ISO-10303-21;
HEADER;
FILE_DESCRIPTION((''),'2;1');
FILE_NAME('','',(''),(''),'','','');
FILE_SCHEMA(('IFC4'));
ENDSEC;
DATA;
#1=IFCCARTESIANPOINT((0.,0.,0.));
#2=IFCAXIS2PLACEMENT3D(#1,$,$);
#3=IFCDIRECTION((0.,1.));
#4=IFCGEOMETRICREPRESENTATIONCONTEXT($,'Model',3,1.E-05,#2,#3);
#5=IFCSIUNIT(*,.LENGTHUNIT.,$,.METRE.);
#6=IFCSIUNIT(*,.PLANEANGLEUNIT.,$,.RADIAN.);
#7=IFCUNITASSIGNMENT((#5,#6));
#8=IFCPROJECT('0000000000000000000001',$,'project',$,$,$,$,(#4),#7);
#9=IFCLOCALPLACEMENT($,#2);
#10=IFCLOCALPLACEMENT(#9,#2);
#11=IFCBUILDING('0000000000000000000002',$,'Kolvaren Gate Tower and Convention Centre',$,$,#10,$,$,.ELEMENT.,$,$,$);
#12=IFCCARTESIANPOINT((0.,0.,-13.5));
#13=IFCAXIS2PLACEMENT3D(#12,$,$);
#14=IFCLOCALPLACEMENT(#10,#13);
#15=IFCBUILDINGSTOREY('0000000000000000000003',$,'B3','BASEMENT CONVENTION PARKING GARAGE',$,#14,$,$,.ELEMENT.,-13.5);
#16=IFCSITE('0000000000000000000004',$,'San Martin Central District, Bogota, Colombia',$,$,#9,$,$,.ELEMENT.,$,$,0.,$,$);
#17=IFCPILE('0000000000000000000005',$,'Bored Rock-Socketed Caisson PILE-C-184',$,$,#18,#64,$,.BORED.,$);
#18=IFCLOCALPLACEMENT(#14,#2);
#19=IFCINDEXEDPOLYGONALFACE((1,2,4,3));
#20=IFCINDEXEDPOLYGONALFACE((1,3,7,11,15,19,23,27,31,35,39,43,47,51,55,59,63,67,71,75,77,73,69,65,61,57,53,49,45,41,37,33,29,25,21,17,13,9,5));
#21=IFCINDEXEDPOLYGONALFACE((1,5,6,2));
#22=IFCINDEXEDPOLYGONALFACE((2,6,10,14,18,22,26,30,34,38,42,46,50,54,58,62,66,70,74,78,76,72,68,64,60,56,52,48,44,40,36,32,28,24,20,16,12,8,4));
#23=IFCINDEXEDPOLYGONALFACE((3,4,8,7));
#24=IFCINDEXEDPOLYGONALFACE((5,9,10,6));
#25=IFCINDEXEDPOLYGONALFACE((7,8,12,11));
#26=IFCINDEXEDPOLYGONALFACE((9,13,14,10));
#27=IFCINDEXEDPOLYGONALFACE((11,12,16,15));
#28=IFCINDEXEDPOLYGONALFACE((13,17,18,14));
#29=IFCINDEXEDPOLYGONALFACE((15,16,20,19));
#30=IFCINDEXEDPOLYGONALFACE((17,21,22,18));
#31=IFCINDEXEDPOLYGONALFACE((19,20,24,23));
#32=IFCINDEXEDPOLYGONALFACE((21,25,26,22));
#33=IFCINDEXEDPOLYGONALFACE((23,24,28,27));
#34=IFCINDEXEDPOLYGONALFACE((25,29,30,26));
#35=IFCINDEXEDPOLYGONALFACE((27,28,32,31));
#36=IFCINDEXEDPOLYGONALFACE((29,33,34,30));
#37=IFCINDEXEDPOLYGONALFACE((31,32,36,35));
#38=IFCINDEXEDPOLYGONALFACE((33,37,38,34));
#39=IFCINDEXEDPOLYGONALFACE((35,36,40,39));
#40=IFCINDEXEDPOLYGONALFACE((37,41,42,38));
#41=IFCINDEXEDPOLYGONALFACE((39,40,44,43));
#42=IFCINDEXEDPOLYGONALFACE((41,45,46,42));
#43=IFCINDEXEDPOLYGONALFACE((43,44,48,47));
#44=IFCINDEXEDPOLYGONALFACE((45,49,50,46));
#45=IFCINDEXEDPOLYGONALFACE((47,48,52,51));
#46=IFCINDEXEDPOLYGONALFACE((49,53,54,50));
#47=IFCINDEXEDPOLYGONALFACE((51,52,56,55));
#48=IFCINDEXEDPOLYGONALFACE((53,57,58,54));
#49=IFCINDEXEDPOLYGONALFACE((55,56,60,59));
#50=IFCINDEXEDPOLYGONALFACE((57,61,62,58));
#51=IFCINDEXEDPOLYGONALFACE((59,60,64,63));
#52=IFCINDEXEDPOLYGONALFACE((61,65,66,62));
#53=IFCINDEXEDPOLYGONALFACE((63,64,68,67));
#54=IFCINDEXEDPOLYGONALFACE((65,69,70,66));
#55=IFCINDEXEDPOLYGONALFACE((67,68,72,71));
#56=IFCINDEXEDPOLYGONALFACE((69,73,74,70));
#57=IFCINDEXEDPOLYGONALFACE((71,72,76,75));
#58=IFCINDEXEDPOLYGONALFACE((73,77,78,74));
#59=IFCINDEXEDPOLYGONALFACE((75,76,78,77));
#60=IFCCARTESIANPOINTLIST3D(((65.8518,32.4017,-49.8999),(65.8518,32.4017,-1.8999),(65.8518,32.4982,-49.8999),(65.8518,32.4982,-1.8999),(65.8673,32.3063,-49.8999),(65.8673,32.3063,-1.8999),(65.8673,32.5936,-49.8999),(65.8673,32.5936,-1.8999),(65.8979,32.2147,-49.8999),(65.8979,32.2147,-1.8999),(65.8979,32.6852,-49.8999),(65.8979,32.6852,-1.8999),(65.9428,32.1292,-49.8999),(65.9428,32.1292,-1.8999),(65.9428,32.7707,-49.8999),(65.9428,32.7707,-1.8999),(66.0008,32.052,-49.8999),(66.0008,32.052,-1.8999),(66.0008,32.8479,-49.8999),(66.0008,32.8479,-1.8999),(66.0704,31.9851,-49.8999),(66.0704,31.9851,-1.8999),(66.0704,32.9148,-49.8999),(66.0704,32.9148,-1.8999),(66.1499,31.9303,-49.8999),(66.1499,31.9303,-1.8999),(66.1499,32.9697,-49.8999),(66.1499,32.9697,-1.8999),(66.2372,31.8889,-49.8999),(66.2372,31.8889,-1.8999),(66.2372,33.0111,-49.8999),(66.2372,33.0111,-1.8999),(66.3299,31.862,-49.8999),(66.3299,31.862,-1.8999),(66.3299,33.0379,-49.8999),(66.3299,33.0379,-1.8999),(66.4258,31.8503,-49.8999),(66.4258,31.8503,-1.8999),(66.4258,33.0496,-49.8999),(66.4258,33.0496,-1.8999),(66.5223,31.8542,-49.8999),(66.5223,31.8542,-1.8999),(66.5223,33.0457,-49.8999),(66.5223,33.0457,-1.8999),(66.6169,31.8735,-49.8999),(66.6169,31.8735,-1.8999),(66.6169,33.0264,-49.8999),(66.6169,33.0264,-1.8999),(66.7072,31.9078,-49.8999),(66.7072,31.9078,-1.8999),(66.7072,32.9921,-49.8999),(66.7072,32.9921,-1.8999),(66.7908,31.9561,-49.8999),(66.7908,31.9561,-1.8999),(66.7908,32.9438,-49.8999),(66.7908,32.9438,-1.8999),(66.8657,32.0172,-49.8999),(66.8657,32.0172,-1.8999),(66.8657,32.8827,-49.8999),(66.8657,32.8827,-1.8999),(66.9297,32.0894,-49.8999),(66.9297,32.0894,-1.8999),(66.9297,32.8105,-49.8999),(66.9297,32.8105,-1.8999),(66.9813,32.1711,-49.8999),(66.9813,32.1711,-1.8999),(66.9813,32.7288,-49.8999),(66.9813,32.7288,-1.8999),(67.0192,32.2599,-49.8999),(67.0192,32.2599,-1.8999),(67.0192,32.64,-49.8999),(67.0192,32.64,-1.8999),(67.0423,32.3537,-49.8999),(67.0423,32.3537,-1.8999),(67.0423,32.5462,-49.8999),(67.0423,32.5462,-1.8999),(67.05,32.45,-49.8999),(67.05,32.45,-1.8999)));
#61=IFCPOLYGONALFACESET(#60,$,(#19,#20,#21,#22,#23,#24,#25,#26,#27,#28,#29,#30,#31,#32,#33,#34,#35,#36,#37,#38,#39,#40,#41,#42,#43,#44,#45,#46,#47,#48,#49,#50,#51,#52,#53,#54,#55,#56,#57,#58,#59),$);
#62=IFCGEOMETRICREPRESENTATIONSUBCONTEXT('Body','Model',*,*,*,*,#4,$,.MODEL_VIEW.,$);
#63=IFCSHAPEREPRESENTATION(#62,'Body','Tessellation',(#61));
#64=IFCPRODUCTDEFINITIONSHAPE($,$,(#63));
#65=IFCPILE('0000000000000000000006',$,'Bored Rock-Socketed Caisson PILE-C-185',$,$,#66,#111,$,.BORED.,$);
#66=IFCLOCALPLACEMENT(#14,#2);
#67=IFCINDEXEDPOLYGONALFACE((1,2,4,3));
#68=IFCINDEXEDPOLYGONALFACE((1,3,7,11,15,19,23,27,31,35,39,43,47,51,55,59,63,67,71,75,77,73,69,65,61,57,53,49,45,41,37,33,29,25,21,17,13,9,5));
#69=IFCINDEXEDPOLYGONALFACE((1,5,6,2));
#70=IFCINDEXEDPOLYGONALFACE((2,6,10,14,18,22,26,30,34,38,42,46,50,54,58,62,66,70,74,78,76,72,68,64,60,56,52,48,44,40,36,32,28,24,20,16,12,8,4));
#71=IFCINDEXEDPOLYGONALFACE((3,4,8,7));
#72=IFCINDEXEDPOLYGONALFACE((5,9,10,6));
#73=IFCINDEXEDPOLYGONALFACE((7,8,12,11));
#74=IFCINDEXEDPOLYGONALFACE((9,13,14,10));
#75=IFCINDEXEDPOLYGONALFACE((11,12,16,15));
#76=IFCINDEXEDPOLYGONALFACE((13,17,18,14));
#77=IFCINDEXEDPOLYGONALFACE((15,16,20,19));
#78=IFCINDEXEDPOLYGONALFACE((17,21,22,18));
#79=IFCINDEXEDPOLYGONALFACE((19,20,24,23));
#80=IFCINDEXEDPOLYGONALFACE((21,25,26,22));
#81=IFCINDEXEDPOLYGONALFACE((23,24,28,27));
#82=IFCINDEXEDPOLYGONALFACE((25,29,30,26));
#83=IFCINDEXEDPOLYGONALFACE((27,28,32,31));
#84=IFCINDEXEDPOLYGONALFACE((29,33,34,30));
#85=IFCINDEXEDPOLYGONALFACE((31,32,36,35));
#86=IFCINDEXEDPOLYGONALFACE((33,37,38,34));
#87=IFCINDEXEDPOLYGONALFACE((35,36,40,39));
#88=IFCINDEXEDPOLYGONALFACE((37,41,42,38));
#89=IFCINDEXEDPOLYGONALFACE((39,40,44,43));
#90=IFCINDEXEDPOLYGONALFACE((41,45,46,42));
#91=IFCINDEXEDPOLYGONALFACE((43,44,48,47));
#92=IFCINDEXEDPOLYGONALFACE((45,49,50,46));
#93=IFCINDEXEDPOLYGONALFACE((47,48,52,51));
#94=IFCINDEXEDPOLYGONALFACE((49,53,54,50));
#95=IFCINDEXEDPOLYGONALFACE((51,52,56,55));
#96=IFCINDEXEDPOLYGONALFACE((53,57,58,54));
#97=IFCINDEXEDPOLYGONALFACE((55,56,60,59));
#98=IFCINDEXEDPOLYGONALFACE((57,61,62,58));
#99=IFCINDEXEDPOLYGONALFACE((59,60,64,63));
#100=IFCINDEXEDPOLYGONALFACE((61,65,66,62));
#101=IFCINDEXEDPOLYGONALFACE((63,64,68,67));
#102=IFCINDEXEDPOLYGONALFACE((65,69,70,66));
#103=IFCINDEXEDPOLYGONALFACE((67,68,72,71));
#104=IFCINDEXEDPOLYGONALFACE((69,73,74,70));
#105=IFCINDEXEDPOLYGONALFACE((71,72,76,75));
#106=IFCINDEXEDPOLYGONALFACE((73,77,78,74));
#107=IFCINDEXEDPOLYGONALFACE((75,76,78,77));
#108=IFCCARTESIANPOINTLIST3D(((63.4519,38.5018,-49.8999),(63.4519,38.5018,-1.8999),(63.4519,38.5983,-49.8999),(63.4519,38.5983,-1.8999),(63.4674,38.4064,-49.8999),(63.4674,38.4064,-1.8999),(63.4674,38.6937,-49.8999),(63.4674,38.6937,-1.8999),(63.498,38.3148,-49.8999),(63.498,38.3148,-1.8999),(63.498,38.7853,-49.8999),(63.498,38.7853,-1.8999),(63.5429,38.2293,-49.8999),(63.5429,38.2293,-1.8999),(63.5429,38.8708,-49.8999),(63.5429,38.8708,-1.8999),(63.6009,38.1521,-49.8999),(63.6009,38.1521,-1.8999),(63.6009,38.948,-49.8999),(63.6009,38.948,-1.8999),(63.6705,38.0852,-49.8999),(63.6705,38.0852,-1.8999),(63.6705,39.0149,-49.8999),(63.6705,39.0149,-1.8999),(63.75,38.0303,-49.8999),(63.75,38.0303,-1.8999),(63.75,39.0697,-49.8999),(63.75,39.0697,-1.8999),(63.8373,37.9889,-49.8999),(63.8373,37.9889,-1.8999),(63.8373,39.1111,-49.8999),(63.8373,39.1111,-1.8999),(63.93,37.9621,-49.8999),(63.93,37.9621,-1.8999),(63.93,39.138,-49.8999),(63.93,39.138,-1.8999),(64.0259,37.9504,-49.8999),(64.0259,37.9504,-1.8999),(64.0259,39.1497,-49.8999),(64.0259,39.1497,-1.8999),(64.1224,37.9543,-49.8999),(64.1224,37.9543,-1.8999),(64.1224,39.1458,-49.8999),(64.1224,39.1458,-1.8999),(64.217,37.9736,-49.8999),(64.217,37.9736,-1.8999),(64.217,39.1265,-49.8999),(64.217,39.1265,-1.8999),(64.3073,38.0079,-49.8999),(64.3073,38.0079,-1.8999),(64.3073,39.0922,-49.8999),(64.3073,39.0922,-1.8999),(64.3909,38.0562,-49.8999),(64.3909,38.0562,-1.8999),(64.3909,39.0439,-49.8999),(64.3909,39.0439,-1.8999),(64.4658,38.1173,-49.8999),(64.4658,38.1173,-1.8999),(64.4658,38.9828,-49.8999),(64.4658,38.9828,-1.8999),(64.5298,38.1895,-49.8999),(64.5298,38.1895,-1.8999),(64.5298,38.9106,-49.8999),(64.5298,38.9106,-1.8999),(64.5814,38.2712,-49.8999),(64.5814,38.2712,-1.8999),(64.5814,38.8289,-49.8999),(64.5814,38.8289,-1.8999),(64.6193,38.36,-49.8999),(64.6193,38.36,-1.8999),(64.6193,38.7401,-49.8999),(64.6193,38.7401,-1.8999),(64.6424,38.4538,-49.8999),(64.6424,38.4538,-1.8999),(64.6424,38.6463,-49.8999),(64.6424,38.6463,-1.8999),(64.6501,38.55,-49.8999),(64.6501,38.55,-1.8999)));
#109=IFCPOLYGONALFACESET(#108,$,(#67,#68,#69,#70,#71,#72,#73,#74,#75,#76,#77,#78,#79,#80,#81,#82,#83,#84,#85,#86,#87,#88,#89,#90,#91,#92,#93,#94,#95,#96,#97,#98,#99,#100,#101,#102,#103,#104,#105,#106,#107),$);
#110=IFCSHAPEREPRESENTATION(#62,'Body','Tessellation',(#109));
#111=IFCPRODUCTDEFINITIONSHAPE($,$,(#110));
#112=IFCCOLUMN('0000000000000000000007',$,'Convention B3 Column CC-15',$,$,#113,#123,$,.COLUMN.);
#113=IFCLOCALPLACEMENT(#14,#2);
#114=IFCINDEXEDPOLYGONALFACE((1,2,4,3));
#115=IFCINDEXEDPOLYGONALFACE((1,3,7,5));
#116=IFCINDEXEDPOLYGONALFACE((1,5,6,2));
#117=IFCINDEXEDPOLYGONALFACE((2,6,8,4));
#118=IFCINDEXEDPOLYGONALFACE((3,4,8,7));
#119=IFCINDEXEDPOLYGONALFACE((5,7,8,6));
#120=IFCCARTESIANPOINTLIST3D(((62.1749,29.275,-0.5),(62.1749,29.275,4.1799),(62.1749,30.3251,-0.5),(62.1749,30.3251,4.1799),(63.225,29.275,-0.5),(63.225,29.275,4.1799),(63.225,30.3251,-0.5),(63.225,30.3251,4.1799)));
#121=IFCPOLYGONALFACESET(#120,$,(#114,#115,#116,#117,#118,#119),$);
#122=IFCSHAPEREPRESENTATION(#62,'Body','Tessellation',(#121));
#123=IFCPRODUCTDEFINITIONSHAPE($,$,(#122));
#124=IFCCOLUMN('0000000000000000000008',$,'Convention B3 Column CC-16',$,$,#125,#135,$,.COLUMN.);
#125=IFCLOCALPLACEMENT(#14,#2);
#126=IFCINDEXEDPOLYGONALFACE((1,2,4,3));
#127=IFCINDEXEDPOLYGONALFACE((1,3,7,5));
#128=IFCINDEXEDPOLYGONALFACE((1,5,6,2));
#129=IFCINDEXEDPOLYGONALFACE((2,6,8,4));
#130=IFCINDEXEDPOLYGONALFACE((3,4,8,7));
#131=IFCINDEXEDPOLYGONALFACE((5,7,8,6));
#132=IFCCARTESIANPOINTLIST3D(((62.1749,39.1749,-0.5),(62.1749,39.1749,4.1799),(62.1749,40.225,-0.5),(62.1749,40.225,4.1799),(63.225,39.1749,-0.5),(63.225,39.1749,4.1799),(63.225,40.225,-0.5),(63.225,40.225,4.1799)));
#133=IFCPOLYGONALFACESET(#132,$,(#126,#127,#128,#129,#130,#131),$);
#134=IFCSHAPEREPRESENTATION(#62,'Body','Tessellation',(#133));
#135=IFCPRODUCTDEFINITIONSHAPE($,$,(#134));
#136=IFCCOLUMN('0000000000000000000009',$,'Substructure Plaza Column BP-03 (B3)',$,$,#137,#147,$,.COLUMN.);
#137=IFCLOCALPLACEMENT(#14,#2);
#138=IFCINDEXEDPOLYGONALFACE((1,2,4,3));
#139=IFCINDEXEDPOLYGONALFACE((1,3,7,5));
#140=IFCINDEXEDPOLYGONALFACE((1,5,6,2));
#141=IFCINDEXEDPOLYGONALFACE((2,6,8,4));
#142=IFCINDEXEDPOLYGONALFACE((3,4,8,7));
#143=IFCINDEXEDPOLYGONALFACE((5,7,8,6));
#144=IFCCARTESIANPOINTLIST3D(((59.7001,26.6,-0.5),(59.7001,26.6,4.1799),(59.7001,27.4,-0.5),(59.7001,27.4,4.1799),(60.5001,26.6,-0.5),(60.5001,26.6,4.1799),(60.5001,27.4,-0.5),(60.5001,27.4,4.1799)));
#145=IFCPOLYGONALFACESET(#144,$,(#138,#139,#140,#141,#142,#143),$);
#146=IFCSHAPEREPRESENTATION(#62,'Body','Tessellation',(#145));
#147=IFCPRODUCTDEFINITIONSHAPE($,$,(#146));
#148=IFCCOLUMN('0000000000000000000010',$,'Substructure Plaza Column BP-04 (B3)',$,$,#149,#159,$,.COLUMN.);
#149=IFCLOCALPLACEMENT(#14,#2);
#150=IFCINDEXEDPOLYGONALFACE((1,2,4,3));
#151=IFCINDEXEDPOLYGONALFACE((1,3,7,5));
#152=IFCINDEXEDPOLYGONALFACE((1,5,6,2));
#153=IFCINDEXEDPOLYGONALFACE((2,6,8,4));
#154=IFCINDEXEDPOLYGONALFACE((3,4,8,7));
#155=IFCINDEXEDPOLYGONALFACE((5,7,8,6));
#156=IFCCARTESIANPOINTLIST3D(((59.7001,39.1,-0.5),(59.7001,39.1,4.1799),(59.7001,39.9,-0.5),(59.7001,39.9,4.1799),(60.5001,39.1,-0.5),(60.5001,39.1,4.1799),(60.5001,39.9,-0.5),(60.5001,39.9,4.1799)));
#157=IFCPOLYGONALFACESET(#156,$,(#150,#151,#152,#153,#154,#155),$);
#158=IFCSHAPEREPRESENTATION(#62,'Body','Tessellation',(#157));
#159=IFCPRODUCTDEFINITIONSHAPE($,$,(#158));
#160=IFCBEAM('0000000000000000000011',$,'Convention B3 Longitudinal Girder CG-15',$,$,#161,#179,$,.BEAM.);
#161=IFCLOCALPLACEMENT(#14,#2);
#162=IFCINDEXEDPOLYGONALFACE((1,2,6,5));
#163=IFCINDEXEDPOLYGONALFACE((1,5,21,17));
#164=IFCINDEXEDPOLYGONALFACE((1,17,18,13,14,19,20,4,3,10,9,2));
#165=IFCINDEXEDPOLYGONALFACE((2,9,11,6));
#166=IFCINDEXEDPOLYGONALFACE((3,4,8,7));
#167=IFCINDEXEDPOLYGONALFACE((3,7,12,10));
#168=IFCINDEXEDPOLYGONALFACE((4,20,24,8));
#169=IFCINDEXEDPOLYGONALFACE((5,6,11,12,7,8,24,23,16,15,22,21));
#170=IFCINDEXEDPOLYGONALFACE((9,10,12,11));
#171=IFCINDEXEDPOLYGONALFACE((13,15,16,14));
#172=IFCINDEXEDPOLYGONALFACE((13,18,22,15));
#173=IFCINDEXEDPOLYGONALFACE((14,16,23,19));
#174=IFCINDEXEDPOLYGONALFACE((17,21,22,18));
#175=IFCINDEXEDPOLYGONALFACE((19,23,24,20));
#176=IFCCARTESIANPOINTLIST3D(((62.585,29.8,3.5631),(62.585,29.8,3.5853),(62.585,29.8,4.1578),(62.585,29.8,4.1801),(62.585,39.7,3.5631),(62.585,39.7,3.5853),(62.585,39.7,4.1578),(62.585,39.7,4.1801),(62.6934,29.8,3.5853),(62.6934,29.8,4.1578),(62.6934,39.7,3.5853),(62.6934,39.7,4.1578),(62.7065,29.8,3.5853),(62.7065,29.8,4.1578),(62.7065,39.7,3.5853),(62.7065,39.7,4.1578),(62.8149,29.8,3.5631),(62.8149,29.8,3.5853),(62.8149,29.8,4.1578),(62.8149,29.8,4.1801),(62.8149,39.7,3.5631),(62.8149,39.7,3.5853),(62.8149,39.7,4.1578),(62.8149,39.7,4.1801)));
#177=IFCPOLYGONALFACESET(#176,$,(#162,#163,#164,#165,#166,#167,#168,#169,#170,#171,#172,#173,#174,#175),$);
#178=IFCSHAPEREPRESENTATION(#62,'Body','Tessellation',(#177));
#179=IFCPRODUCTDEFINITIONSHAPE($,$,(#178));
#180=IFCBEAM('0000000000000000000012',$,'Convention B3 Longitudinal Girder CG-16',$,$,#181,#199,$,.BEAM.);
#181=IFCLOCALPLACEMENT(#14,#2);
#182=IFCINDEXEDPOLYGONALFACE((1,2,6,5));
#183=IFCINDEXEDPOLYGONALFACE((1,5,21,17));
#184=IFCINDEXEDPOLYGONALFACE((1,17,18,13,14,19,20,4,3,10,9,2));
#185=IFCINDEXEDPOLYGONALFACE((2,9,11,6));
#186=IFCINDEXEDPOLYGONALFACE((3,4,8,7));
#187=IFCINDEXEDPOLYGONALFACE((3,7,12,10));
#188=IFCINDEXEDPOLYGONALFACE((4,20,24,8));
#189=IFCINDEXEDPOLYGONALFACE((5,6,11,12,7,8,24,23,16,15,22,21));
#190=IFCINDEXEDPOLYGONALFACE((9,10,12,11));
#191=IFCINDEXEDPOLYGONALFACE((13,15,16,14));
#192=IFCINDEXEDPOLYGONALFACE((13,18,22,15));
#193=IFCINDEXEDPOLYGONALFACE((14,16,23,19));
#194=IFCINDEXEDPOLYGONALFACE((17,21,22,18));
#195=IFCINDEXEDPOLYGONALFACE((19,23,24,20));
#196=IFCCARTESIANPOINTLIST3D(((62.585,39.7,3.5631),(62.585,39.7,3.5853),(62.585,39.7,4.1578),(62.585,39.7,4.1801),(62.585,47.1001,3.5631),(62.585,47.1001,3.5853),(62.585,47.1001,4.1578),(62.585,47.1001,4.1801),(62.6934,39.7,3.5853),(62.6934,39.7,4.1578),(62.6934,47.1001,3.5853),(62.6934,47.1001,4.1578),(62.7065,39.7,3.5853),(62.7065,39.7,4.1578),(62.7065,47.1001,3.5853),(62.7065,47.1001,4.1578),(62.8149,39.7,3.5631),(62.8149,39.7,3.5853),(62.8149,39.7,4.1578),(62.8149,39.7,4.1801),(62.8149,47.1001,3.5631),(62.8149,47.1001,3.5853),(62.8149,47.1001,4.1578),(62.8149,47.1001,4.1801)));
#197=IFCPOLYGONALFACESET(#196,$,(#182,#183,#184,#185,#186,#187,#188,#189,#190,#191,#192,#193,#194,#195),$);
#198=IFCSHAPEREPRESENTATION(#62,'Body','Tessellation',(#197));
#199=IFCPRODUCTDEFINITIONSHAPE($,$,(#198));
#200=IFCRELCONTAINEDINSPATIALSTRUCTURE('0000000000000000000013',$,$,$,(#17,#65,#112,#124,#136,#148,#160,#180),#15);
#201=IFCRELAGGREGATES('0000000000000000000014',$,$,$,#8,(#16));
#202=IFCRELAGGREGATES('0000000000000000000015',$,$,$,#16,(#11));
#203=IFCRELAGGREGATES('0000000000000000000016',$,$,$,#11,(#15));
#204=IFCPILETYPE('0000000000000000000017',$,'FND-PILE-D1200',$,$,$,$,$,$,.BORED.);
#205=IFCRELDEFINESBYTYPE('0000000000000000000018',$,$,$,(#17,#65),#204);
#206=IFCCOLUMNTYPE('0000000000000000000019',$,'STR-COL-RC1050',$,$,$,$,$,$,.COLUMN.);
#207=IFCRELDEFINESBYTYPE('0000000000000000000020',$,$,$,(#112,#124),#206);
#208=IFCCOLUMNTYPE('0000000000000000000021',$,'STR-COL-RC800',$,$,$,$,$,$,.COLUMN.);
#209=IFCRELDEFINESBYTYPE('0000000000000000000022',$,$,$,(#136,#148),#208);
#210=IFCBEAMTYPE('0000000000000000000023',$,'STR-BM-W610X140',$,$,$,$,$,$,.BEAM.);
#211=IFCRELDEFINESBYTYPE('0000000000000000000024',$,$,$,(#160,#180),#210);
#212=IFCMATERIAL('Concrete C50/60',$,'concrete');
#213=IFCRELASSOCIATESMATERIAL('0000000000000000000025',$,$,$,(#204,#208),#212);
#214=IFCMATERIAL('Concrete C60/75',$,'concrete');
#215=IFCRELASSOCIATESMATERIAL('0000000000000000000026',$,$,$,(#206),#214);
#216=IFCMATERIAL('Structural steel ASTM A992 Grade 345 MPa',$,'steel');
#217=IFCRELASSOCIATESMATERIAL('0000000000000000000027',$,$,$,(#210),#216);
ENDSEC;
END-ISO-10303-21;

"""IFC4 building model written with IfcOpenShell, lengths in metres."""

from ifc_helpers import new_model, si_unit, direction, frame, origin, origin_2d, place, context, subcontext, project, spatial, rectangle, circle, i_section, extrude, material, material_profile, profile_set, type_object, element, save


model = new_model("IFC4")

# Units and contexts
model_context = context("Model", 3, precision=1e-05, world=origin(), true_north=direction((0.0, 1.0)))
body_context = subcontext(model_context, "Body", "Model", "MODEL_VIEW")
ifc_project = project(units=[si_unit("LENGTHUNIT", "METRE"), si_unit("PLANEANGLEUNIT", "RADIAN")], contexts=[model_context])

# Site, building, storey
site_placement = place(None, origin())
site = spatial("IfcSite", under=ifc_project, at=site_placement, Name="San Martin Central District, Bogota, Colombia", CompositionType="ELEMENT", RefElevation=0.0)
building_placement = place(site_placement, origin())
building = spatial("IfcBuilding", under=site, at=building_placement, Name="Kolvaren Gate Tower and Convention Centre", CompositionType="ELEMENT")
storey_placement = place(building_placement, frame((0.0, 0.0, -13.5)))
storey = spatial("IfcBuildingStorey", under=building, at=storey_placement, Name="B3", Description="BASEMENT CONVENTION PARKING GARAGE", CompositionType="ELEMENT", Elevation=-13.5)

# Shared definitions
ifc_material_1 = material(Name="Concrete C50/60", Category="concrete")
ifc_material_2 = material(Name="Concrete C60/75", Category="concrete")

# Piles
ifc_material_profile_1 = material_profile(ifc_material_1, circle(Radius=0.6001, at=origin_2d()), Name="CAISSON-D1200")
ifc_profile_set_1 = profile_set([ifc_material_profile_1], Name="Concrete C50/60")
pile_type = type_object("IfcPileType", Name="FND-PILE-D1200", PredefinedType="BORED", material=ifc_profile_set_1)
for number, where, z_axis, x_axis, name in (
    (1, (66.45, 32.45, -1.8999), (0.0, 0.0, -1.0), (1.0, 0.0, 0.0), "Bored Rock-Socketed Caisson PILE-C-184"),
    (2, (64.05, 38.55, -1.8999), (0.0, 0.0, -1.0), (1.0, 0.0, 0.0), "Bored Rock-Socketed Caisson PILE-C-185"),
):
    element("IfcPile", number, at=place(storey_placement, frame(where, z_axis=z_axis, x_axis=x_axis)), inside=storey, type_object=pile_type, Name=name, PredefinedType="BORED", context=body_context, shape_type="SweptSolid", body=[
        extrude(circle(Radius=0.6001, at=origin_2d()), origin(), (0.0, 0.0, 1.0), 48.0),
    ])

# Columns
ifc_material_profile_2 = material_profile(ifc_material_2, rectangle(XDim=1.05, YDim=1.05, at=origin_2d()), Name="RC-COL-1050X1050")
ifc_profile_set_2 = profile_set([ifc_material_profile_2], Name="Concrete C60/75")
column_type_1 = type_object("IfcColumnType", Name="STR-COL-RC1050", PredefinedType="COLUMN", material=ifc_profile_set_2)
for number, where, z_axis, x_axis, name in (
    (3, (62.7, 29.8, -0.5), (0.0, 0.0, 1.0), (1.0, 0.0, 0.0), "Convention B3 Column CC-15"),
    (4, (62.7, 39.7, -0.5), (0.0, 0.0, 1.0), (1.0, 0.0, 0.0), "Convention B3 Column CC-16"),
):
    element("IfcColumn", number, at=place(storey_placement, frame(where, z_axis=z_axis, x_axis=x_axis)), inside=storey, type_object=column_type_1, Name=name, PredefinedType="COLUMN", context=body_context, shape_type="SweptSolid", body=[
        extrude(rectangle(XDim=1.05, YDim=1.05, at=origin_2d()), origin(), (0.0, 0.0, 1.0), 4.6799),
    ])
ifc_material_profile_3 = material_profile(ifc_material_1, rectangle(XDim=0.8, YDim=0.8, at=origin_2d()), Name="RC-COL-800X800")
ifc_profile_set_3 = profile_set([ifc_material_profile_3], Name="Concrete C50/60")
column_type_2 = type_object("IfcColumnType", Name="STR-COL-RC800", PredefinedType="COLUMN", material=ifc_profile_set_3)
for number, where, z_axis, x_axis, name in (
    (5, (60.1001, 27.0, -0.5), (0.0, 0.0, 1.0), (1.0, 0.0, 0.0), "Substructure Plaza Column BP-03 (B3)"),
    (6, (60.1001, 39.5, -0.5), (0.0, 0.0, 1.0), (1.0, 0.0, 0.0), "Substructure Plaza Column BP-04 (B3)"),
):
    element("IfcColumn", number, at=place(storey_placement, frame(where, z_axis=z_axis, x_axis=x_axis)), inside=storey, type_object=column_type_2, Name=name, PredefinedType="COLUMN", context=body_context, shape_type="SweptSolid", body=[
        extrude(rectangle(XDim=0.8, YDim=0.8, at=origin_2d()), origin(), (0.0, 0.0, 1.0), 4.6799),
    ])

# Beams
ifc_material_3 = material(Name="Structural steel ASTM A992 Grade 345 MPa", Category="steel")
ifc_material_profile_4 = material_profile(ifc_material_3, i_section(OverallWidth=0.23, OverallDepth=0.6169, WebThickness=0.0132, FlangeThickness=0.0222, at=origin_2d()), Name="W610X140")
ifc_profile_set_4 = profile_set([ifc_material_profile_4], Name="Structural steel ASTM A992 Grade 345 MPa")
beam_type_1 = type_object("IfcBeamType", Name="STR-BM-W610X140", PredefinedType="BEAM", material=ifc_profile_set_4)
beam_1_placement = place(storey_placement, frame((62.7, 29.8, 3.8716), z_axis=(0.0, 1.0, 0.0), x_axis=(-1.0, 0.0, 0.0)))
element("IfcBeam", 7, at=beam_1_placement, inside=storey, type_object=beam_type_1, Name="Convention B3 Longitudinal Girder CG-15", PredefinedType="BEAM", context=body_context, shape_type="SweptSolid", body=[
    extrude(i_section(OverallWidth=0.23, OverallDepth=0.6169, WebThickness=0.0132, FlangeThickness=0.0222, at=origin_2d()), origin(), (0.0, 0.0, 1.0), 9.8999),
])
beam_2_placement = place(storey_placement, frame((62.7, 39.7, 3.8716), z_axis=(0.0, 1.0, 0.0), x_axis=(-1.0, 0.0, 0.0)))
element("IfcBeam", 8, at=beam_2_placement, inside=storey, type_object=beam_type_1, Name="Convention B3 Longitudinal Girder CG-16", PredefinedType="BEAM", context=body_context, shape_type="SweptSolid", body=[
    extrude(i_section(OverallWidth=0.23, OverallDepth=0.6169, WebThickness=0.0132, FlangeThickness=0.0222, at=origin_2d()), origin(), (0.0, 0.0, 1.0), 7.4001),
])

save(model, "model.ifc")
